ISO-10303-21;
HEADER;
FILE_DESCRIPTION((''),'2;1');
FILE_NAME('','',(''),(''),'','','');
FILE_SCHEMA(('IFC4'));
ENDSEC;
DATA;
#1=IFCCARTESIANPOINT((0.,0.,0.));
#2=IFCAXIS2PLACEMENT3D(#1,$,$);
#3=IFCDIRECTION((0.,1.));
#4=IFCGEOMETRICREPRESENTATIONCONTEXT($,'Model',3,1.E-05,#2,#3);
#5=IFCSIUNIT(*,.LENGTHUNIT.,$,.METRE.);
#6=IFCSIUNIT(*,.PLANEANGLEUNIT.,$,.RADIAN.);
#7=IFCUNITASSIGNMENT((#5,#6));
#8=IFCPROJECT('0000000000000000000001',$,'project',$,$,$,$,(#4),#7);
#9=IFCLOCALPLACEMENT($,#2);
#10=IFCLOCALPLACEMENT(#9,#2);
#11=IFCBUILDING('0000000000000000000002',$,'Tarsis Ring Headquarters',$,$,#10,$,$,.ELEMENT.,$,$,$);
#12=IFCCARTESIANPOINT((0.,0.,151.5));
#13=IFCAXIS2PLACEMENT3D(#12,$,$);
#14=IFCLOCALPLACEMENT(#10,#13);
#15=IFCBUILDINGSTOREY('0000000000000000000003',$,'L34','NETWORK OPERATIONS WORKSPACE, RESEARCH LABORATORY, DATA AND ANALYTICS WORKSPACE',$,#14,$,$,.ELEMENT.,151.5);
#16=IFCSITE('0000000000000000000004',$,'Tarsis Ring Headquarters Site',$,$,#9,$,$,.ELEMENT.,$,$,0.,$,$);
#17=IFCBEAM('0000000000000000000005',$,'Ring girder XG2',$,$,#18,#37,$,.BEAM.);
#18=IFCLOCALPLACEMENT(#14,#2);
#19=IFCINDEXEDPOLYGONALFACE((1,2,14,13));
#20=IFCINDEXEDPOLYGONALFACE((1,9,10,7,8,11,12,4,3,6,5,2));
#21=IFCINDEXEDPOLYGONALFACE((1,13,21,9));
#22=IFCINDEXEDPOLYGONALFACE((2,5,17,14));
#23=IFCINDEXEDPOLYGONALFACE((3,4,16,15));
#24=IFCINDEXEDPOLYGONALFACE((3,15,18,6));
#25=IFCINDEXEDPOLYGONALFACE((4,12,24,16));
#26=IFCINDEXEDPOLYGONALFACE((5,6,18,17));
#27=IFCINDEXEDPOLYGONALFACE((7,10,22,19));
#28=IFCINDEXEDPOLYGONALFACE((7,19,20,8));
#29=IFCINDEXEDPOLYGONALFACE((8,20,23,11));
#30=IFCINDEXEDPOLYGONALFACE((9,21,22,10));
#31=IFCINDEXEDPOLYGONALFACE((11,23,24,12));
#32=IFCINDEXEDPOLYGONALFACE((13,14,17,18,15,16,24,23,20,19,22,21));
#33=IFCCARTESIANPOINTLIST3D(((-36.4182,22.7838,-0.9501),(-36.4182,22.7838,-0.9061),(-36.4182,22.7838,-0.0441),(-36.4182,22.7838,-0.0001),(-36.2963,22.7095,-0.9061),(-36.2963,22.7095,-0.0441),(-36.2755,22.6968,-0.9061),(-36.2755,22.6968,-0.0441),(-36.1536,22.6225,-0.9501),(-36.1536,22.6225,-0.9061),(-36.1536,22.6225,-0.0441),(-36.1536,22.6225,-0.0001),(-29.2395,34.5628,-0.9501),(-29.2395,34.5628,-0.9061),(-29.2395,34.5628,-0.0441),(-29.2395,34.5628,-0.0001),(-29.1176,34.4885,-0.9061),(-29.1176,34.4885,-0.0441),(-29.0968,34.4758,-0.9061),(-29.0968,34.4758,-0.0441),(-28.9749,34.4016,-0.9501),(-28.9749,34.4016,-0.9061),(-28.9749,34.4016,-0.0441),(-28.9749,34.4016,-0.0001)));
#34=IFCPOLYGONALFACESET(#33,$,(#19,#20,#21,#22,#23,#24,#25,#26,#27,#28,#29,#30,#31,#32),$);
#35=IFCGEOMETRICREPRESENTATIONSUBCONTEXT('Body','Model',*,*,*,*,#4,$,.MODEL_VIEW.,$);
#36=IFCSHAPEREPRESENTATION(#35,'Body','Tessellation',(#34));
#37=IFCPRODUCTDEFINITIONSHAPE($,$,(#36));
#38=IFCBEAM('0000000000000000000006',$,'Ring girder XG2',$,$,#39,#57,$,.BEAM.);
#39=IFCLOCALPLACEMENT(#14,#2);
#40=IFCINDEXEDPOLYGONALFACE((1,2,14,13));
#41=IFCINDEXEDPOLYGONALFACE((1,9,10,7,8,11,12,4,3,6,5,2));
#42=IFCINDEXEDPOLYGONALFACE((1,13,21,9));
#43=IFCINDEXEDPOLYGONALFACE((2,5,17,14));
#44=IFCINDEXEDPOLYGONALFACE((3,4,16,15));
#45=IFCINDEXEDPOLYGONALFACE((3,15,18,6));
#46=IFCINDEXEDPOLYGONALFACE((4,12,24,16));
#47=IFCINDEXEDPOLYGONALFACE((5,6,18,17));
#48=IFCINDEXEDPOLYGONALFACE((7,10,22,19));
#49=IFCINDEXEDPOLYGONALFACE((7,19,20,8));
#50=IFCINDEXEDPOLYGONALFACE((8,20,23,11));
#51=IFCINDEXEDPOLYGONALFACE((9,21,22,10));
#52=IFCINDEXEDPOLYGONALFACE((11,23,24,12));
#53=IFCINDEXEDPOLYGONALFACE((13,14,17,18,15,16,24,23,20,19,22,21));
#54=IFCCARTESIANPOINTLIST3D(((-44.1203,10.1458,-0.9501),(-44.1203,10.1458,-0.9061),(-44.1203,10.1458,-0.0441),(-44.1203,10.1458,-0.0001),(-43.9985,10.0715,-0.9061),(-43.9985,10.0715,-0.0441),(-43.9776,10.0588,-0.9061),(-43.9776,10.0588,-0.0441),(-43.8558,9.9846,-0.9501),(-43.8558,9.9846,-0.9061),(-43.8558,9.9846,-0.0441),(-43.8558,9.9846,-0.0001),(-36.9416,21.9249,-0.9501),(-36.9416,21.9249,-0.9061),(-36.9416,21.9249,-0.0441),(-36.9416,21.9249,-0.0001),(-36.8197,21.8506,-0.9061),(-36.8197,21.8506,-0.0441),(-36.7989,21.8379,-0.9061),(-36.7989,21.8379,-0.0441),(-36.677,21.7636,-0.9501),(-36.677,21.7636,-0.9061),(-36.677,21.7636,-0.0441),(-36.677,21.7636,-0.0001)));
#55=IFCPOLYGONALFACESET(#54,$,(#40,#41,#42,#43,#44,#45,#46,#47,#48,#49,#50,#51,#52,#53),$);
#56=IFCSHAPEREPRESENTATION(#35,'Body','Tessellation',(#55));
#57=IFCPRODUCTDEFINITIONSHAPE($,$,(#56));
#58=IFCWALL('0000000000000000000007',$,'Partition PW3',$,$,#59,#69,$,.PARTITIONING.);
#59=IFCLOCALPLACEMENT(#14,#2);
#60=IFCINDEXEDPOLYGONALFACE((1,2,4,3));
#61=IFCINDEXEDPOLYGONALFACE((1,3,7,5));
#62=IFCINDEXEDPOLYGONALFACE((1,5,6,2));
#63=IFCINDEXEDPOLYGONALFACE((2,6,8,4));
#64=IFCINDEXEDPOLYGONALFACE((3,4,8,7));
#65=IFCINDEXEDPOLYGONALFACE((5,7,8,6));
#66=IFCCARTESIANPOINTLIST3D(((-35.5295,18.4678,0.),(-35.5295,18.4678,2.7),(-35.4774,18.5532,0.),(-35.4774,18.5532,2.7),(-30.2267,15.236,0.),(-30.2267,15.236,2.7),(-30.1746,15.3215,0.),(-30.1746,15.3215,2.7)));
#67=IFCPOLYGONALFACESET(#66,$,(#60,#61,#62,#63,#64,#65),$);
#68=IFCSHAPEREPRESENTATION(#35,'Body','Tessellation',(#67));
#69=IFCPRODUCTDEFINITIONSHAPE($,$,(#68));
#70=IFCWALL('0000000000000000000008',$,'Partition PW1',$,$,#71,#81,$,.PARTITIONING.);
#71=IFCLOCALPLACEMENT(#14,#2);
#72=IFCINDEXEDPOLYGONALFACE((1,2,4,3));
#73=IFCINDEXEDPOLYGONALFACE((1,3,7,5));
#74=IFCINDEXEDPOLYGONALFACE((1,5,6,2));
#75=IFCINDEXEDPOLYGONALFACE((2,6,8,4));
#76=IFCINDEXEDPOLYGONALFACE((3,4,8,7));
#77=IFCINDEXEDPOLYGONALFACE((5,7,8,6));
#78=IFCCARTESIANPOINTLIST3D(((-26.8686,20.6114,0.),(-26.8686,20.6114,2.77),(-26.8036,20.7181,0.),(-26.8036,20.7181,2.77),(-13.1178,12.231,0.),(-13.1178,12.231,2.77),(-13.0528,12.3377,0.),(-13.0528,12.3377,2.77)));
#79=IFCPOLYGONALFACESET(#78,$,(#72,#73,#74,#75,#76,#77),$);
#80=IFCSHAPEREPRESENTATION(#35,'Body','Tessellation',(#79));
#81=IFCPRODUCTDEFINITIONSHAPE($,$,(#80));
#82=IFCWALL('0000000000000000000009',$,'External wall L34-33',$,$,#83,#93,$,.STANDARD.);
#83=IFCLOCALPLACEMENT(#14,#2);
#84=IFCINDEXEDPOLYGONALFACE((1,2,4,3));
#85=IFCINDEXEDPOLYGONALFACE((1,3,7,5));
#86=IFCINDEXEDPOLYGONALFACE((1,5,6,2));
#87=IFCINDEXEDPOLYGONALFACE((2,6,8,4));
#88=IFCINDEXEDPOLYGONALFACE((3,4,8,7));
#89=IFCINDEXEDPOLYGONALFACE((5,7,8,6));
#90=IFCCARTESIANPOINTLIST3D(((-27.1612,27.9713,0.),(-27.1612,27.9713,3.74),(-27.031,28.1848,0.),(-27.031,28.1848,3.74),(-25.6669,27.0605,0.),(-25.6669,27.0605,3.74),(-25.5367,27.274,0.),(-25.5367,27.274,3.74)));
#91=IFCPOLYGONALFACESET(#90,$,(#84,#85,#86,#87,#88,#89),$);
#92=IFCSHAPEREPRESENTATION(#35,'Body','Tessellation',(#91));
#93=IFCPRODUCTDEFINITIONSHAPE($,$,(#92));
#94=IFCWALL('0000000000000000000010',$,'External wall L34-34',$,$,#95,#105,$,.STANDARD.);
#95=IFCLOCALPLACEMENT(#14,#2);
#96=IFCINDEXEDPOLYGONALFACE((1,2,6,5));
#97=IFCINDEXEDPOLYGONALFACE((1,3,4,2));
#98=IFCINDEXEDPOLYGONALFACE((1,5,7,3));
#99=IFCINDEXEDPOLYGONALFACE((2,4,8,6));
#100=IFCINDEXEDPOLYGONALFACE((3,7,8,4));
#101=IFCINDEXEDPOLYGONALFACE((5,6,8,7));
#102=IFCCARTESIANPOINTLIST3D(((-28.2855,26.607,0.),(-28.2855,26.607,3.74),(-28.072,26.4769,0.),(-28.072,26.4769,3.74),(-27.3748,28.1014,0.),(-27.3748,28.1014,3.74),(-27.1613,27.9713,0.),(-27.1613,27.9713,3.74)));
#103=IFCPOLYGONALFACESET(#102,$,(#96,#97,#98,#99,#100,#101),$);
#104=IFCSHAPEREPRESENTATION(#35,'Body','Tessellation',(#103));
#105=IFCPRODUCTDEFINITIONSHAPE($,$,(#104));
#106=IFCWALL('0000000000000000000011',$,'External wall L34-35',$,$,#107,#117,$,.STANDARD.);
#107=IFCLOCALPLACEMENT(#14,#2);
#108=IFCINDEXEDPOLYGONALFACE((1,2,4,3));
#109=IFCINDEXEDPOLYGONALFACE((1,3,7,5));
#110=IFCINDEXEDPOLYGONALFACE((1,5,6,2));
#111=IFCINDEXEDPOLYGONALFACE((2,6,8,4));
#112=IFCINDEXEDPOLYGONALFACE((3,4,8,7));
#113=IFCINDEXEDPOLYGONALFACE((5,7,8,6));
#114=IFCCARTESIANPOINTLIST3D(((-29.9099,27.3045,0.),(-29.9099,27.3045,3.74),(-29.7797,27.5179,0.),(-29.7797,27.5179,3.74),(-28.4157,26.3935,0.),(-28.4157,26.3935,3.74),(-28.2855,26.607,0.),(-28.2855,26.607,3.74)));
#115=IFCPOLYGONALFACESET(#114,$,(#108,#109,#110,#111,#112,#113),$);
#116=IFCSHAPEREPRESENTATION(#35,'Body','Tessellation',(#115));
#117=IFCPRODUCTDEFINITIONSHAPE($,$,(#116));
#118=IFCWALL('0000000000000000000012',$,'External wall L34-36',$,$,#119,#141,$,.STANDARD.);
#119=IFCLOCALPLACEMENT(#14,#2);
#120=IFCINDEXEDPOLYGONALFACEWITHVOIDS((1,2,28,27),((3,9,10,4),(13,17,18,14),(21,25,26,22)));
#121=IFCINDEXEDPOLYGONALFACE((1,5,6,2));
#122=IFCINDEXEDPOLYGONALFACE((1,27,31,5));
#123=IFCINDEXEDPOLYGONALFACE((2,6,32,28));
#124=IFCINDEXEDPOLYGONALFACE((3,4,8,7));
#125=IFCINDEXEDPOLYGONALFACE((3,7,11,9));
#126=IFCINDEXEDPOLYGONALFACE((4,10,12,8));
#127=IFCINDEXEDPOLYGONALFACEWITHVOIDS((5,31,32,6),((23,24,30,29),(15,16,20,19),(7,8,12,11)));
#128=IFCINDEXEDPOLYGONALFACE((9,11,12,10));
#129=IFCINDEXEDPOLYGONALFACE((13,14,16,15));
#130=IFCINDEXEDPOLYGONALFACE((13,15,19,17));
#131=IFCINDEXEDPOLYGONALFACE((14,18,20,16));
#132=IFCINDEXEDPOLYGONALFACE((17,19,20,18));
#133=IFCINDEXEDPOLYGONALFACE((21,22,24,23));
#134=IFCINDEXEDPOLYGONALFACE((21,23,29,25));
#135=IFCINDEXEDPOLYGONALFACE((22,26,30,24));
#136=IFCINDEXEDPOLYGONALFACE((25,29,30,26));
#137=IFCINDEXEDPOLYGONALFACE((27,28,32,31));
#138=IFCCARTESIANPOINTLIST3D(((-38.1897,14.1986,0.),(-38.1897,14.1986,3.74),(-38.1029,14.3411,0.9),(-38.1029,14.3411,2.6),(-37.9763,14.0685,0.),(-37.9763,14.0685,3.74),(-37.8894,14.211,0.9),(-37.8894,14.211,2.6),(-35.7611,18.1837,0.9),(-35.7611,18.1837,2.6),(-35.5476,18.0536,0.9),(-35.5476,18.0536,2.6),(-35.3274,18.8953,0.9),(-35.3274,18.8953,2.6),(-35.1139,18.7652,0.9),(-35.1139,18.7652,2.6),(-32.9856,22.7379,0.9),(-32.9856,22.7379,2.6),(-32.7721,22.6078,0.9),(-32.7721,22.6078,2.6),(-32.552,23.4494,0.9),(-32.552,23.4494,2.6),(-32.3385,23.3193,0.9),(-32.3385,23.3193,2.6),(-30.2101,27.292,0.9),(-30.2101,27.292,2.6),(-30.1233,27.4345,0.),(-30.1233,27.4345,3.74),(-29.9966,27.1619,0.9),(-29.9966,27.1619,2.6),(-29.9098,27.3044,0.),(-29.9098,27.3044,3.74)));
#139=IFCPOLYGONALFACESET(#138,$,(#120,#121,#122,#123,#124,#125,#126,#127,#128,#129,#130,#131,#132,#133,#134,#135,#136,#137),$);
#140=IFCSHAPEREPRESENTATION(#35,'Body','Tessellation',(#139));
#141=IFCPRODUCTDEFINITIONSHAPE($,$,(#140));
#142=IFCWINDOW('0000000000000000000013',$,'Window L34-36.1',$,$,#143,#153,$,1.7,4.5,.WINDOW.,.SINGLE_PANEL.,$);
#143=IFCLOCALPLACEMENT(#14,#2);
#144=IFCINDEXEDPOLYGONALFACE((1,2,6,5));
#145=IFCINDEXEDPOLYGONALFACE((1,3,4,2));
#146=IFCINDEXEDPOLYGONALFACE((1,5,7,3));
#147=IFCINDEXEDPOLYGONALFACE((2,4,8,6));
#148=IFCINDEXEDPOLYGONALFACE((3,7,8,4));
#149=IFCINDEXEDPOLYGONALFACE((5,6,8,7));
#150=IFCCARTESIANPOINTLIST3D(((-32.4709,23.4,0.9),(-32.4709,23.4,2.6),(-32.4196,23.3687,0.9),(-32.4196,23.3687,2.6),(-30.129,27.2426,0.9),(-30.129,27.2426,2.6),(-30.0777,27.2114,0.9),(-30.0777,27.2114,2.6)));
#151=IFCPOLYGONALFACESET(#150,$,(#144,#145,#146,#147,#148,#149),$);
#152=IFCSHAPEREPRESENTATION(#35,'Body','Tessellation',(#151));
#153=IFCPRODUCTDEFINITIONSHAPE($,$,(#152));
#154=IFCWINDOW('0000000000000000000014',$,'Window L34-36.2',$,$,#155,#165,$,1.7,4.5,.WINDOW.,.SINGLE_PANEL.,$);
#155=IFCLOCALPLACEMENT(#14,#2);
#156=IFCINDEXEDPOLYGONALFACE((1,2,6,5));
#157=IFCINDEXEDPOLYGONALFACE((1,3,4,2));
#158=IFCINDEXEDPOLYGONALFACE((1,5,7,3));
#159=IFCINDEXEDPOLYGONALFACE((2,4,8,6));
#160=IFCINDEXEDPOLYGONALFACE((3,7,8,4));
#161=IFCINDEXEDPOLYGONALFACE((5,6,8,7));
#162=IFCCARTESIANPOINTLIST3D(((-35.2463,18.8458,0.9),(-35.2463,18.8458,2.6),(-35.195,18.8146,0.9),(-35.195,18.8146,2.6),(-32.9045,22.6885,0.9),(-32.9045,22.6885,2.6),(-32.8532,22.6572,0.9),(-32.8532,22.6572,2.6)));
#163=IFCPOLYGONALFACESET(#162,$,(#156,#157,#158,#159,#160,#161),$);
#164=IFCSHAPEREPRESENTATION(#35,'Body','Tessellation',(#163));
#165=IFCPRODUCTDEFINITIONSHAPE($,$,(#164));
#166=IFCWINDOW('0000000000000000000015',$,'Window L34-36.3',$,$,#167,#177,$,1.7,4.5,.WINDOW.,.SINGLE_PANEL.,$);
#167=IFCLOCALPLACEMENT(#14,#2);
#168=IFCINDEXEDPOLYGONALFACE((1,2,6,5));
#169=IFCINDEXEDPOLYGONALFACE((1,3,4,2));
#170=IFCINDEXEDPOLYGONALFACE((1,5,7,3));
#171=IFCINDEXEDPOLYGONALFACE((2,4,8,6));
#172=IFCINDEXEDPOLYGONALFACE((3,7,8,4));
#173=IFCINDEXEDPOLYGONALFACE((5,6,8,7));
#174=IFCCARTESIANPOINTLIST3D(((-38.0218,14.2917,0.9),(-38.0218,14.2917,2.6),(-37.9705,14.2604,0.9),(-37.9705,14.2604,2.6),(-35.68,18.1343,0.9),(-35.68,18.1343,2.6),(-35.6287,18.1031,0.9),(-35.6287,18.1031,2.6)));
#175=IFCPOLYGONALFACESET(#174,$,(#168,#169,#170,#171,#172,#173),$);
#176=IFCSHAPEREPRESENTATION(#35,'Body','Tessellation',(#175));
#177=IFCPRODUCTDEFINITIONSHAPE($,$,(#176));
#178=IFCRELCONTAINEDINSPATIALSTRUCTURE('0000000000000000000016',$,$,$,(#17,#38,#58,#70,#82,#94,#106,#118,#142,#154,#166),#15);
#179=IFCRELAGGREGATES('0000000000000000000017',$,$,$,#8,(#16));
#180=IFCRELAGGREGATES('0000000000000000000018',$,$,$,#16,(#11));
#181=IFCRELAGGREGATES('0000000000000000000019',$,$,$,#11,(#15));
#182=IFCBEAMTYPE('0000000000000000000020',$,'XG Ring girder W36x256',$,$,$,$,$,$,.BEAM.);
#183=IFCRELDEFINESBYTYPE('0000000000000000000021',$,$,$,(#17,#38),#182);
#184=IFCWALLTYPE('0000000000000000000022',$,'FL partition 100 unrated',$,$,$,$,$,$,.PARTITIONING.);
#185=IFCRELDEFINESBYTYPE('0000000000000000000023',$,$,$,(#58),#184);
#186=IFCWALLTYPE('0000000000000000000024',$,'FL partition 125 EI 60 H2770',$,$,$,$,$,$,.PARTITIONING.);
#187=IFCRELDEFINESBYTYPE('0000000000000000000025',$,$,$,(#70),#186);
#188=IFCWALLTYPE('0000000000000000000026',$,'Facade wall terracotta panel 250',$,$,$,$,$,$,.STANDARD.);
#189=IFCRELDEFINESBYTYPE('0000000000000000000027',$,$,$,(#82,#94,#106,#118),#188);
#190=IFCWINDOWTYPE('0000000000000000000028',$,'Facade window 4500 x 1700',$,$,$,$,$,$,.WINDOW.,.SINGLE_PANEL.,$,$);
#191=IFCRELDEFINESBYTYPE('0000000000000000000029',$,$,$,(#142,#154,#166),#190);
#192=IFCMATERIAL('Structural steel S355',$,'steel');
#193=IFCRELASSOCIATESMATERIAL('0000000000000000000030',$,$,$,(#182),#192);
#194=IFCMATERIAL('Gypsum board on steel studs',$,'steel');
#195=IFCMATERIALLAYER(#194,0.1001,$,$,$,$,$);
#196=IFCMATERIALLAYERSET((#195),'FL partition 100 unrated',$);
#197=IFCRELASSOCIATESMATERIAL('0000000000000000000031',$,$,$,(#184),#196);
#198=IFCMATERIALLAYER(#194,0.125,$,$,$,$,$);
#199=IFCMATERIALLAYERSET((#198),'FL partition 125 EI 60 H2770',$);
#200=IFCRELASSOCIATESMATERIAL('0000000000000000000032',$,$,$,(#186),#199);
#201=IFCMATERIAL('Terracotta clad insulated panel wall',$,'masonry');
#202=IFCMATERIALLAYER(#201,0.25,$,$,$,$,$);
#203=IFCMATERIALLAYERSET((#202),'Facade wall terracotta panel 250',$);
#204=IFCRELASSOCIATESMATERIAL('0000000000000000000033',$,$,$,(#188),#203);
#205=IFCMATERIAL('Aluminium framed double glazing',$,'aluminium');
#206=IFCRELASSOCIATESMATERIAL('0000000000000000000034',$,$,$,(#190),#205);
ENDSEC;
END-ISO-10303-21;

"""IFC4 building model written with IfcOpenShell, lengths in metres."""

from ifc_helpers import new_model, si_unit, direction, frame, frame_2d, origin, origin_2d, place, context, subcontext, project, spatial, rectangle, i_section, extrude, material, layer, layer_set, material_profile, profile_set, type_object, element, fill, save


model = new_model("IFC4")

# Units and contexts
model_context = context("Model", 3, precision=1e-05, world=origin(), true_north=direction((0.0, 1.0)))
body_context = subcontext(model_context, "Body", "Model", "MODEL_VIEW")
ifc_project = project(units=[si_unit("LENGTHUNIT", "METRE"), si_unit("PLANEANGLEUNIT", "RADIAN")], contexts=[model_context])

# Site, building, storey
site_placement = place(None, origin())
site = spatial("IfcSite", under=ifc_project, at=site_placement, Name="Tarsis Ring Headquarters Site", CompositionType="ELEMENT", RefElevation=0.0)
building_placement = place(site_placement, origin())
building = spatial("IfcBuilding", under=site, at=building_placement, Name="Tarsis Ring Headquarters", CompositionType="ELEMENT")
storey_placement = place(building_placement, frame((0.0, 0.0, 151.5)))
storey = spatial("IfcBuildingStorey", under=building, at=storey_placement, Name="L34", Description="NETWORK OPERATIONS WORKSPACE, RESEARCH LABORATORY, DATA AND ANALYTICS WORKSPACE", CompositionType="ELEMENT", Elevation=151.5)

# Shared definitions
ifc_material_1 = material(Name="Structural steel S355", Category="steel")

# Beams
ifc_material_profile_1 = material_profile(ifc_material_1, i_section(OverallWidth=0.3098, OverallDepth=0.95, WebThickness=0.0244, FlangeThickness=0.0439, at=origin_2d()), Name="W36x256")
ifc_profile_set_1 = profile_set([ifc_material_profile_1], Name="Structural steel S355")
beam_type_1 = type_object("IfcBeamType", Name="XG Ring girder W36x256", PredefinedType="BEAM", material=ifc_profile_set_1)
for number, where, z_axis, x_axis, name in (
    (1, (-29.1072, 34.4822, -0.4751), (-0.520415, -0.853913, 0.0), (0.853913, -0.520415, 0.0), "Ring girder XG2"),
    (2, (-36.8093, 21.8442, -0.4751), (-0.520415, -0.853913, 0.0), (0.853913, -0.520415, 0.0), "Ring girder XG2"),
):
    element("IfcBeam", number, at=place(storey_placement, frame(where, z_axis=z_axis, x_axis=x_axis)), inside=storey, type_object=beam_type_1, Name=name, PredefinedType="BEAM", context=body_context, shape_type="SweptSolid", body=[
        extrude(i_section(OverallWidth=0.3098, OverallDepth=0.95, WebThickness=0.0244, FlangeThickness=0.0439, at=origin_2d()), origin(), (0.0, 0.0, 1.0), 13.7942),
    ])

# Walls
ifc_material_2 = material(Name="Gypsum board on steel studs", Category="steel")
ifc_layer_1 = layer(ifc_material_2, 0.1001)
ifc_layer_set_1 = layer_set([ifc_layer_1], Name="FL partition 100 unrated")
wall_type_1 = type_object("IfcWallType", Name="FL partition 100 unrated", PredefinedType="PARTITIONING", material=ifc_layer_set_1)
wall_1_placement = place(storey_placement, frame((-35.5034, 18.5105, 0.0), z_axis=(0.0, 0.0, 1.0), x_axis=(0.853917, -0.52041, 0.0)))
element("IfcWall", 3, at=wall_1_placement, inside=storey, type_object=wall_type_1, Name="Partition PW3", PredefinedType="PARTITIONING", context=body_context, shape_type="SweptSolid", body=[
    extrude(rectangle(XDim=6.21, YDim=0.1001, at=frame_2d((3.105, 0.0))), origin(), (0.0, 0.0, 1.0), 2.7),
])
ifc_layer_2 = layer(ifc_material_2, 0.125)
ifc_layer_set_2 = layer_set([ifc_layer_2], Name="FL partition 125 EI 60 H2770")
wall_type_2 = type_object("IfcWallType", Name="FL partition 125 EI 60 H2770", PredefinedType="PARTITIONING", material=ifc_layer_set_2)
wall_2_placement = place(storey_placement, frame((-26.8362, 20.6648, 0.0), z_axis=(0.0, 0.0, 1.0), x_axis=(0.853913, -0.520416, 0.0)))
element("IfcWall", 4, at=wall_2_placement, inside=storey, type_object=wall_type_2, Name="Partition PW1", PredefinedType="PARTITIONING", context=body_context, shape_type="SweptSolid", body=[
    extrude(rectangle(XDim=16.1033, YDim=0.125, at=frame_2d((8.0518, 0.0))), origin(), (0.0, 0.0, 1.0), 2.77),
])
ifc_material_3 = material(Name="Terracotta clad insulated panel wall", Category="masonry")
ifc_layer_3 = layer(ifc_material_3, 0.25)
ifc_layer_set_3 = layer_set([ifc_layer_3], Name="Facade wall terracotta panel 250")
wall_type_3 = type_object("IfcWallType", Name="Facade wall terracotta panel 250", PredefinedType="STANDARD", material=ifc_layer_set_3)
for number, where, z_axis, x_axis, name in (
    (5, (-25.6018, 27.1672, 0.0), (0.0, 0.0, 1.0), (-0.853878, 0.520473, 0.0), "External wall L34-33"),
    (6, (-27.2681, 28.0364, 0.0), (0.0, 0.0, 1.0), (-0.520372, -0.85394, 0.0), "External wall L34-34"),
    (7, (-28.3506, 26.5002, 0.0), (0.0, 0.0, 1.0), (-0.85384, 0.520535, 0.0), "External wall L34-35"),
):
    element("IfcWall", number, at=place(storey_placement, frame(where, z_axis=z_axis, x_axis=x_axis)), inside=storey, type_object=wall_type_3, Name=name, PredefinedType="STANDARD", context=body_context, shape_type="SweptSolid", body=[
        extrude(rectangle(XDim=1.75, YDim=0.25, at=frame_2d((0.875, 0.0))), origin(), (0.0, 0.0, 1.0), 3.74),
    ])

# Wall, openings, windows
wall_3_placement = place(storey_placement, frame((-30.0166, 27.3694, 0.0), z_axis=(0.0, 0.0, 1.0), x_axis=(-0.520409, -0.853917, 0.0)))
wall_3 = element("IfcWall", 8, at=wall_3_placement, inside=storey, type_object=wall_type_3, Name="External wall L34-36", PredefinedType="STANDARD", context=body_context, shape_type="SweptSolid", body=[
    extrude(rectangle(XDim=15.5002, YDim=0.25, at=frame_2d((7.75, 0.0))), origin(), (0.0, 0.0, 1.0), 3.74),
])
opening_1_placement = place(wall_3_placement, frame((0.1667, 0.0, 0.8999)))
opening_1 = element("IfcOpeningElement", 9, at=opening_1_placement, cuts=wall_3, PredefinedType="OPENING", context=body_context, shape_type="SweptSolid", body=[
    extrude(rectangle(XDim=4.5, YDim=1.7, at=frame_2d((2.25, 0.8501))), frame((0.0, 0.135, 0.0), z_axis=(0.0, -1.0, 0.0), x_axis=(1.0, 0.0, 0.0)), (0.0, 0.0, 1.0), 0.27),
])
opening_2_placement = place(wall_3_placement, frame((5.5, 0.0, 0.8999)))
opening_2 = element("IfcOpeningElement", 10, at=opening_2_placement, cuts=wall_3, PredefinedType="OPENING", context=body_context, shape_type="SweptSolid", body=[
    extrude(rectangle(XDim=4.5, YDim=1.7, at=frame_2d((2.25, 0.8501))), frame((0.0, 0.135, 0.0), z_axis=(0.0, -1.0, 0.0), x_axis=(1.0, 0.0, 0.0)), (0.0, 0.0, 1.0), 0.27),
])
opening_3_placement = place(wall_3_placement, frame((10.8333, 0.0, 0.8999)))
opening_3 = element("IfcOpeningElement", 11, at=opening_3_placement, cuts=wall_3, PredefinedType="OPENING", context=body_context, shape_type="SweptSolid", body=[
    extrude(rectangle(XDim=4.5, YDim=1.7, at=frame_2d((2.25, 0.8501))), frame((0.0, 0.135, 0.0), z_axis=(0.0, -1.0, 0.0), x_axis=(1.0, 0.0, 0.0)), (0.0, 0.0, 1.0), 0.27),
])
ifc_material_4 = material(Name="Aluminium framed double glazing", Category="aluminium")
window_type = type_object("IfcWindowType", Name="Facade window 4500 x 1700", PartitioningType="SINGLE_PANEL", PredefinedType="WINDOW", material=ifc_material_4)
window_1_placement = place(opening_1_placement, origin())
window_1 = element("IfcWindow", 12, at=window_1_placement, inside=storey, type_object=window_type, Name="Window L34-36.1", OverallHeight=1.7, OverallWidth=4.5, PartitioningType="SINGLE_PANEL", PredefinedType="WINDOW", context=body_context, shape_type="SweptSolid", body=[
    extrude(rectangle(XDim=4.5, YDim=1.7, at=frame_2d((2.25, 0.8501))), frame((0.0, 0.03, 0.0), z_axis=(0.0, -1.0, 0.0), x_axis=(1.0, 0.0, 0.0)), (0.0, 0.0, 1.0), 0.0601),
])
fill(opening_1, window_1)
window_2_placement = place(opening_2_placement, origin())
window_2 = element("IfcWindow", 13, at=window_2_placement, inside=storey, type_object=window_type, Name="Window L34-36.2", OverallHeight=1.7, OverallWidth=4.5, PartitioningType="SINGLE_PANEL", PredefinedType="WINDOW", context=body_context, shape_type="SweptSolid", body=[
    extrude(rectangle(XDim=4.5, YDim=1.7, at=frame_2d((2.25, 0.8501))), frame((0.0, 0.03, 0.0), z_axis=(0.0, -1.0, 0.0), x_axis=(1.0, 0.0, 0.0)), (0.0, 0.0, 1.0), 0.0601),
])
fill(opening_2, window_2)
window_3_placement = place(opening_3_placement, origin())
window_3 = element("IfcWindow", 14, at=window_3_placement, inside=storey, type_object=window_type, Name="Window L34-36.3", OverallHeight=1.7, OverallWidth=4.5, PartitioningType="SINGLE_PANEL", PredefinedType="WINDOW", context=body_context, shape_type="SweptSolid", body=[
    extrude(rectangle(XDim=4.5, YDim=1.7, at=frame_2d((2.25, 0.8501))), frame((0.0, 0.03, 0.0), z_axis=(0.0, -1.0, 0.0), x_axis=(1.0, 0.0, 0.0)), (0.0, 0.0, 1.0), 0.0601),
])
fill(opening_3, window_3)

save(model, "model.ifc")
